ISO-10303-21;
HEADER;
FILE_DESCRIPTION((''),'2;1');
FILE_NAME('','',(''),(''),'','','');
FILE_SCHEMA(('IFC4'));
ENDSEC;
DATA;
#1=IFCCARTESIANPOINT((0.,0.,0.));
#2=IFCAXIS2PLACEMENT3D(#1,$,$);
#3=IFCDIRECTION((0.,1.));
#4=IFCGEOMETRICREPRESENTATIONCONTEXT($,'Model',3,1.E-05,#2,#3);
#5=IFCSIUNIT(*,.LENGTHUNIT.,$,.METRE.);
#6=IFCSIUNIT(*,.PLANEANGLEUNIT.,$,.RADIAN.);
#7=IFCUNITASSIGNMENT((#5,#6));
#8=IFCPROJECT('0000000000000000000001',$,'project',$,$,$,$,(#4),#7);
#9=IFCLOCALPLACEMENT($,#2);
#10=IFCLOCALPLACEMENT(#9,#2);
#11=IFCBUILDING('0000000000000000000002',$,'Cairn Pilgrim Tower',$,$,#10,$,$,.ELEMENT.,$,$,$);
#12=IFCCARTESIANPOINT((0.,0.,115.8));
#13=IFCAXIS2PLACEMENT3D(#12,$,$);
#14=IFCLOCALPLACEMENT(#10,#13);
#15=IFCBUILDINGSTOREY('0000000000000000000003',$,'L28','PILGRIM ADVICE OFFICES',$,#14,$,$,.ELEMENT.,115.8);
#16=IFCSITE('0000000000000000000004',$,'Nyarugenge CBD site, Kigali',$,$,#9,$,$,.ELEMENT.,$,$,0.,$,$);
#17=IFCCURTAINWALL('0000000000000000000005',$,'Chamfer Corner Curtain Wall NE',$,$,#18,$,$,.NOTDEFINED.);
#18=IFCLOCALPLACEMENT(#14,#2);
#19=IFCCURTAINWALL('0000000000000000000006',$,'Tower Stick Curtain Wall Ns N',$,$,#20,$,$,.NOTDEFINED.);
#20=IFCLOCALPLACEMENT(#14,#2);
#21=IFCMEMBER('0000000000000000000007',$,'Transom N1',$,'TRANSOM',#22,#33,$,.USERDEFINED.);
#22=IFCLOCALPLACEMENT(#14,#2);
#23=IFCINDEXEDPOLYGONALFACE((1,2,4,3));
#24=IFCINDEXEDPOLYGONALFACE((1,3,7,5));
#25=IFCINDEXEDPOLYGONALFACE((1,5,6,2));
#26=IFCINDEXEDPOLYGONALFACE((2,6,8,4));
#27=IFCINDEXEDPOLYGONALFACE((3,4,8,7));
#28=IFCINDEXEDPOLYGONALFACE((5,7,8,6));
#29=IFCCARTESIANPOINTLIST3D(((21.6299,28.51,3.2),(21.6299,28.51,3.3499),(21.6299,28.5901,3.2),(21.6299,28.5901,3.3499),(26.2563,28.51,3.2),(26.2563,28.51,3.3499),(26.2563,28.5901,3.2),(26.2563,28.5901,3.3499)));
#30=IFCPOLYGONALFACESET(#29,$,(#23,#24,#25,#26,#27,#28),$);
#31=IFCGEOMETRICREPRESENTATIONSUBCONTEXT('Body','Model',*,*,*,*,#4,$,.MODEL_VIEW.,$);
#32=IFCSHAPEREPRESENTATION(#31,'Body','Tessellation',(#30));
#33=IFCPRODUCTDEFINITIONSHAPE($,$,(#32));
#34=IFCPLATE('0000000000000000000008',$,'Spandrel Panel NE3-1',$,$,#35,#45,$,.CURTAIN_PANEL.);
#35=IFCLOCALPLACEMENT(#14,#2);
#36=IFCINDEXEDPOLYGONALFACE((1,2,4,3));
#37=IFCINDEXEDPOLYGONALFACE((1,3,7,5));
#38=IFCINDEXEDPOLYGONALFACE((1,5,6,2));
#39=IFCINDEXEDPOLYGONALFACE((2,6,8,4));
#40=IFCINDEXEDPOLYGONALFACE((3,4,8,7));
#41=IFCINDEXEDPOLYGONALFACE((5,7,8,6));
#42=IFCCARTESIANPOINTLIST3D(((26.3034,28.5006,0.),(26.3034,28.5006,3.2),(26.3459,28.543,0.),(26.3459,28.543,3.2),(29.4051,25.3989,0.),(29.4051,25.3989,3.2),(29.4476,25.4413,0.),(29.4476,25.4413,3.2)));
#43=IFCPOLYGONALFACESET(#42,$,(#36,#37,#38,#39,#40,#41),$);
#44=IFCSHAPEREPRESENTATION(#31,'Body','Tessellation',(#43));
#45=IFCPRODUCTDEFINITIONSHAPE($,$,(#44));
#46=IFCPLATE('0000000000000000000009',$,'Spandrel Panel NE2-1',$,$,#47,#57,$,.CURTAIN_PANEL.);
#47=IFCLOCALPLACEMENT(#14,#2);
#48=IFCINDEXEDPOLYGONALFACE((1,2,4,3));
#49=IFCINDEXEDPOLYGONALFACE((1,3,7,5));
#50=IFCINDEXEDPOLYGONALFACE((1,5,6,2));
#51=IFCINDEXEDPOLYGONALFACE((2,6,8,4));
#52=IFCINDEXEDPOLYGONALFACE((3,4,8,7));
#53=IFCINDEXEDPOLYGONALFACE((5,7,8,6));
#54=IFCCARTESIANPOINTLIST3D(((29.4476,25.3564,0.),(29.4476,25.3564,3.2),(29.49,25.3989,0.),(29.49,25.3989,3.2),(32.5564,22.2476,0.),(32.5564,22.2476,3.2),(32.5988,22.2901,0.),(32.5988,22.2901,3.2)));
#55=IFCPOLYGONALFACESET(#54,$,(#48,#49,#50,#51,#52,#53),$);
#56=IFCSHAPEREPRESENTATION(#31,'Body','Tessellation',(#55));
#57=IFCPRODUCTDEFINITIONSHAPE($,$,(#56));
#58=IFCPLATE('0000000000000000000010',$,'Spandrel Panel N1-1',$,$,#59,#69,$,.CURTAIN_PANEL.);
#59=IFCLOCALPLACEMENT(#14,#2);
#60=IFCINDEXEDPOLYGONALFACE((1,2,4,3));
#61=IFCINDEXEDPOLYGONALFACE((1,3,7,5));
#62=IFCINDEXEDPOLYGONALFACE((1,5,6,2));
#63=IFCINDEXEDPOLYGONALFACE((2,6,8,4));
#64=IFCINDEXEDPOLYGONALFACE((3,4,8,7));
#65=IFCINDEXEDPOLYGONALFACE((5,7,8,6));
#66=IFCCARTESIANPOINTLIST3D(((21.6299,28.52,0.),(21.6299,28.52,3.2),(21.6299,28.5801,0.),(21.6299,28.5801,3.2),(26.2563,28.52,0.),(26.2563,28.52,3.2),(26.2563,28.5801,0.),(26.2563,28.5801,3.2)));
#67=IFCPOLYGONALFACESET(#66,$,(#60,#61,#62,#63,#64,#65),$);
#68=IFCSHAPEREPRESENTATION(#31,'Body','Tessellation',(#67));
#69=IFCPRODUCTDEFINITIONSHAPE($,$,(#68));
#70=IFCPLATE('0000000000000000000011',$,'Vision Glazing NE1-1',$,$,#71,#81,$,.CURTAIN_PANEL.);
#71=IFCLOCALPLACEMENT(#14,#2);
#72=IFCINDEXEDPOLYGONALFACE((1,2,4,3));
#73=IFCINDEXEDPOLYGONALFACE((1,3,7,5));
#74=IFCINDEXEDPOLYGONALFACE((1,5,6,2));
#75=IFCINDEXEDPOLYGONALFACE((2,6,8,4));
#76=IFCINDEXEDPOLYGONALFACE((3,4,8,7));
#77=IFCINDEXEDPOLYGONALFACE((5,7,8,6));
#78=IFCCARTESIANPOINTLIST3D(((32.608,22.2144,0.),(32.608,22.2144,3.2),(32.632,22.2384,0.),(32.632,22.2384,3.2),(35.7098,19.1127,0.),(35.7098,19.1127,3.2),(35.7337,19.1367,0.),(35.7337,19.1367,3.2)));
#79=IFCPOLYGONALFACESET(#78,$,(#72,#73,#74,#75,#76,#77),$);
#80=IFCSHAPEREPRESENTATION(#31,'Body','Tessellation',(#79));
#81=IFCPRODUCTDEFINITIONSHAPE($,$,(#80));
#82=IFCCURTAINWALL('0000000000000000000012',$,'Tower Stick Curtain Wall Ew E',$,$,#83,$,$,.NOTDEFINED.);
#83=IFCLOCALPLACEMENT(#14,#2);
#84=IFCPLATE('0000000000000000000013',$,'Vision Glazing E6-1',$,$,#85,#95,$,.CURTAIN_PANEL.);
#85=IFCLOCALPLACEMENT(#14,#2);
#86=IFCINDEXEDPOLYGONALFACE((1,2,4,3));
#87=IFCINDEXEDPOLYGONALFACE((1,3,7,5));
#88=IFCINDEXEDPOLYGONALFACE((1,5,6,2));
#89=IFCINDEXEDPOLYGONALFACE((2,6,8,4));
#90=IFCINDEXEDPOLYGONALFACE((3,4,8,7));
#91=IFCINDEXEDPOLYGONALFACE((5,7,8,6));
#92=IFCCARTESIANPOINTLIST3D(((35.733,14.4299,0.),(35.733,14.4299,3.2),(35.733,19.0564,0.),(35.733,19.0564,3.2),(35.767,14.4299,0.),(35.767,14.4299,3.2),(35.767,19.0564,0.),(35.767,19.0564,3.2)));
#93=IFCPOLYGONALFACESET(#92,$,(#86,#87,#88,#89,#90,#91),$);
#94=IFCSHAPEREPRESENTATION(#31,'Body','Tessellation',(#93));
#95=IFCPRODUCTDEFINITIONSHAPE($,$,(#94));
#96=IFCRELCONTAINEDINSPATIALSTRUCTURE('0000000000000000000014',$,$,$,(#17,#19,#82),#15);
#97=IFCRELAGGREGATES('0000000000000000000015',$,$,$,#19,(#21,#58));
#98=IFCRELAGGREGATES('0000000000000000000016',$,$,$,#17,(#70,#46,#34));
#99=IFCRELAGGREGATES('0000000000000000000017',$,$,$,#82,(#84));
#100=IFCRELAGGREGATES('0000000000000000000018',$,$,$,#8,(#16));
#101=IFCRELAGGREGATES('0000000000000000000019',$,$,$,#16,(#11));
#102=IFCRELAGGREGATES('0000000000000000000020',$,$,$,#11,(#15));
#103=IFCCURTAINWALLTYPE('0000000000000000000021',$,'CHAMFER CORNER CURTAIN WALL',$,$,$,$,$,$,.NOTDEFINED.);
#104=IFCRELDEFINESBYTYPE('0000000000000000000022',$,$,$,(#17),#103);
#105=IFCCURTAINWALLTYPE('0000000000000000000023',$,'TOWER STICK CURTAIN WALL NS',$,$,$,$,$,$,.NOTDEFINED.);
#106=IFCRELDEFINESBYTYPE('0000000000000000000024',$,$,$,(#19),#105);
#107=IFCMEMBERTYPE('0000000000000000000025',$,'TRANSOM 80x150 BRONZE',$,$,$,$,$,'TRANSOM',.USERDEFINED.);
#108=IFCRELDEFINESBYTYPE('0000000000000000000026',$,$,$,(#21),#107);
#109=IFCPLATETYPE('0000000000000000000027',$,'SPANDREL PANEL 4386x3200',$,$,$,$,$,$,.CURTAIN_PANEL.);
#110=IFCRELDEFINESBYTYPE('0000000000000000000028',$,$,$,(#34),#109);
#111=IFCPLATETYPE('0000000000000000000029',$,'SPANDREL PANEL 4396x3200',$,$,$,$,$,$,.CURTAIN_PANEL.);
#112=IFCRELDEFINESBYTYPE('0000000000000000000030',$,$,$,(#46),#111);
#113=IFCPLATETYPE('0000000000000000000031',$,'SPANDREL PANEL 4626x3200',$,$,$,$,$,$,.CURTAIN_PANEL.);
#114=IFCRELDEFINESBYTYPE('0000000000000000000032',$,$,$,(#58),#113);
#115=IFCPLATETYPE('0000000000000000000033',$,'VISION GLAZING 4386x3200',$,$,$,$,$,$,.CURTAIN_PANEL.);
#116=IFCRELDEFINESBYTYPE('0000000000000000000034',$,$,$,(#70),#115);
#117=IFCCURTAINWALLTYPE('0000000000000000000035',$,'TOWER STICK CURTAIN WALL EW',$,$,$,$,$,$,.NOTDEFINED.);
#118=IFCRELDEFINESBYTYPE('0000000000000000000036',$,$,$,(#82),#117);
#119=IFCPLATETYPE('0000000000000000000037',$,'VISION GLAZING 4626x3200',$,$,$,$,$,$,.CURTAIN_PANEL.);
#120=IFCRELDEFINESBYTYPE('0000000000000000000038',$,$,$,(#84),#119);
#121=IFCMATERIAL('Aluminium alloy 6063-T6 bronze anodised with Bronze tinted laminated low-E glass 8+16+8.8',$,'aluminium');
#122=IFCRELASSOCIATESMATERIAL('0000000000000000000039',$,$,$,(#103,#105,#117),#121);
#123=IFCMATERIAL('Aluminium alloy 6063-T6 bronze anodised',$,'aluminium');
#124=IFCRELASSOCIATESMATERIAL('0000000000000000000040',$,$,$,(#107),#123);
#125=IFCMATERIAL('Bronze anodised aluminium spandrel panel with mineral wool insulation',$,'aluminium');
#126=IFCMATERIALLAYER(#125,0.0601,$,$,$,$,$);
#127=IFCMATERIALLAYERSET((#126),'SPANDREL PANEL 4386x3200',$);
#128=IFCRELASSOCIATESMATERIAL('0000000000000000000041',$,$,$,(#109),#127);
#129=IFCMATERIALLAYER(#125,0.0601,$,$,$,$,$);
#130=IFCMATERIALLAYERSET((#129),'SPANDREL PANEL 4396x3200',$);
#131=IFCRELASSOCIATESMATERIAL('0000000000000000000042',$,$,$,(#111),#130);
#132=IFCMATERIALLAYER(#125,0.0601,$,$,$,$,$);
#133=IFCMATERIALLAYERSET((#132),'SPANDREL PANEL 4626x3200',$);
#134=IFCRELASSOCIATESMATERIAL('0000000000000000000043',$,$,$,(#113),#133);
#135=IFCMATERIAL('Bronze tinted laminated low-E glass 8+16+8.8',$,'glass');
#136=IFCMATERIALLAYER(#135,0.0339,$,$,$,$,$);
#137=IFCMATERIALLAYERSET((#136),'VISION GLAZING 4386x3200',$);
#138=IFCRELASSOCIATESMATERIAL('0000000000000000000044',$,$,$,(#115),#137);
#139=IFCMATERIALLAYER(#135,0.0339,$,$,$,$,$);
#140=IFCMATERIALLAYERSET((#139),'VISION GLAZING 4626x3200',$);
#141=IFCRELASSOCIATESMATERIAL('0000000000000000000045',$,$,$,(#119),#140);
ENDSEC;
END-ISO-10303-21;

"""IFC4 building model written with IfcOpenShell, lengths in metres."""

from ifc_helpers import new_model, si_unit, direction, frame, origin, origin_2d, place, context, subcontext, project, spatial, rectangle, extrude, material, layer, layer_set, material_profile, profile_set, type_object, element, aggregate, save


model = new_model("IFC4")

# Units and contexts
model_context = context("Model", 3, precision=1e-05, world=origin(), true_north=direction((0.0, 1.0)))
body_context = subcontext(model_context, "Body", "Model", "MODEL_VIEW")
ifc_project = project(units=[si_unit("LENGTHUNIT", "METRE"), si_unit("PLANEANGLEUNIT", "RADIAN")], contexts=[model_context])

# Site, building, storey
site_placement = place(None, origin())
site = spatial("IfcSite", under=ifc_project, at=site_placement, Name="Nyarugenge CBD site, Kigali", CompositionType="ELEMENT", RefElevation=0.0)
building_placement = place(site_placement, origin())
building = spatial("IfcBuilding", under=site, at=building_placement, Name="Cairn Pilgrim Tower", CompositionType="ELEMENT")
storey_placement = place(building_placement, frame((0.0, 0.0, 115.8)))
storey = spatial("IfcBuildingStorey", under=building, at=storey_placement, Name="L28", Description="PILGRIM ADVICE OFFICES", CompositionType="ELEMENT", Elevation=115.8)

# Curtain walls
ifc_material_1 = material(Name="Aluminium alloy 6063-T6 bronze anodised with Bronze tinted laminated low-E glass 8+16+8.8", Category="aluminium")
curtain_wall_type_1 = type_object("IfcCurtainWallType", Name="CHAMFER CORNER CURTAIN WALL", PredefinedType="NOTDEFINED", material=ifc_material_1)
curtain_wall_1_placement = place(storey_placement, origin())
curtain_wall_1 = element("IfcCurtainWall", 1, at=curtain_wall_1_placement, inside=storey, type_object=curtain_wall_type_1, Name="Chamfer Corner Curtain Wall NE", PredefinedType="NOTDEFINED")
ifc_material_2 = material(Name="Aluminium alloy 6063-T6 bronze anodised", Category="aluminium")
curtain_wall_type_2 = type_object("IfcCurtainWallType", Name="TOWER STICK CURTAIN WALL NS", PredefinedType="NOTDEFINED", material=ifc_material_1)
curtain_wall_2_placement = place(storey_placement, origin())
curtain_wall_2 = element("IfcCurtainWall", 2, at=curtain_wall_2_placement, inside=storey, type_object=curtain_wall_type_2, Name="Tower Stick Curtain Wall Ns N", PredefinedType="NOTDEFINED")

# Member
ifc_material_profile_1 = material_profile(ifc_material_2, rectangle(XDim=0.0801, YDim=0.1499, at=origin_2d()), Name="TRANSOM 80x150 BRONZE")
ifc_profile_set_1 = profile_set([ifc_material_profile_1], Name="Aluminium alloy 6063-T6 bronze anodised")
member_type_1 = type_object("IfcMemberType", Name="TRANSOM 80x150 BRONZE", ElementType="TRANSOM", PredefinedType="USERDEFINED", material=ifc_profile_set_1)
member_1_placement = place(storey_placement, frame((26.2563, 28.55, 3.2749), z_axis=(-1.0, 0.0, 0.0), x_axis=(0.0, -1.0, 0.0)))
member_1 = element("IfcMember", 3, at=member_1_placement, type_object=member_type_1, Name="Transom N1", ObjectType="TRANSOM", PredefinedType="USERDEFINED", context=body_context, shape_type="SweptSolid", body=[
    extrude(rectangle(XDim=0.0801, YDim=0.1499, at=origin_2d()), origin(), (0.0, 0.0, 1.0), 4.6265),
])

# Plates
ifc_material_3 = material(Name="Bronze anodised aluminium spandrel panel with mineral wool insulation", Category="aluminium")
ifc_layer_1 = layer(ifc_material_3, 0.0601)
ifc_layer_set_1 = layer_set([ifc_layer_1], Name="SPANDREL PANEL 4386x3200")
plate_type_1 = type_object("IfcPlateType", Name="SPANDREL PANEL 4386x3200", PredefinedType="CURTAIN_PANEL", material=ifc_layer_set_1)
plate_1_placement = place(storey_placement, frame((27.8755, 26.9709, 0.0), z_axis=(0.0, 0.0, 1.0), x_axis=(-0.707107, 0.707107, 0.0)))
plate_1 = element("IfcPlate", 4, at=plate_1_placement, type_object=plate_type_1, Name="Spandrel Panel NE3-1", PredefinedType="CURTAIN_PANEL", context=body_context, shape_type="SweptSolid", body=[
    extrude(rectangle(XDim=4.3865, YDim=0.0601, at=origin_2d()), origin(), (0.0, 0.0, 1.0), 3.2),
])
ifc_layer_2 = layer(ifc_material_3, 0.0601)
ifc_layer_set_2 = layer_set([ifc_layer_2], Name="SPANDREL PANEL 4396x3200")
plate_type_2 = type_object("IfcPlateType", Name="SPANDREL PANEL 4396x3200", PredefinedType="CURTAIN_PANEL", material=ifc_layer_set_2)
plate_2_placement = place(storey_placement, frame((31.0232, 23.8232, 0.0), z_axis=(0.0, 0.0, 1.0), x_axis=(-0.707107, 0.707107, 0.0)))
plate_2 = element("IfcPlate", 5, at=plate_2_placement, type_object=plate_type_2, Name="Spandrel Panel NE2-1", PredefinedType="CURTAIN_PANEL", context=body_context, shape_type="SweptSolid", body=[
    extrude(rectangle(XDim=4.3965, YDim=0.0601, at=origin_2d()), origin(), (0.0, 0.0, 1.0), 3.2),
])
ifc_layer_3 = layer(ifc_material_3, 0.0601)
ifc_layer_set_3 = layer_set([ifc_layer_3], Name="SPANDREL PANEL 4626x3200")
plate_type_3 = type_object("IfcPlateType", Name="SPANDREL PANEL 4626x3200", PredefinedType="CURTAIN_PANEL", material=ifc_layer_set_3)
plate_3_placement = place(storey_placement, frame((23.9431, 28.55, 0.0), z_axis=(0.0, 0.0, 1.0), x_axis=(-1.0, 0.0, 0.0)))
plate_3 = element("IfcPlate", 6, at=plate_3_placement, type_object=plate_type_3, Name="Spandrel Panel N1-1", PredefinedType="CURTAIN_PANEL", context=body_context, shape_type="SweptSolid", body=[
    extrude(rectangle(XDim=4.6265, YDim=0.0601, at=origin_2d()), origin(), (0.0, 0.0, 1.0), 3.2),
])
aggregate(curtain_wall_2, [member_1, plate_3])
ifc_material_4 = material(Name="Bronze tinted laminated low-E glass 8+16+8.8", Category="glass")
ifc_layer_4 = layer(ifc_material_4, 0.0339)
ifc_layer_set_4 = layer_set([ifc_layer_4], Name="VISION GLAZING 4386x3200")
plate_type_4 = type_object("IfcPlateType", Name="VISION GLAZING 4386x3200", PredefinedType="CURTAIN_PANEL", material=ifc_layer_set_4)
plate_4_placement = place(storey_placement, frame((34.1709, 20.6755, 0.0), z_axis=(0.0, 0.0, 1.0), x_axis=(-0.707107, 0.707107, 0.0)))
plate_4 = element("IfcPlate", 7, at=plate_4_placement, type_object=plate_type_4, Name="Vision Glazing NE1-1", PredefinedType="CURTAIN_PANEL", context=body_context, shape_type="SweptSolid", body=[
    extrude(rectangle(XDim=4.3865, YDim=0.0339, at=origin_2d()), origin(), (0.0, 0.0, 1.0), 3.2),
])
aggregate(curtain_wall_1, [plate_4, plate_2, plate_1])

# Curtain wall, plate
curtain_wall_type_3 = type_object("IfcCurtainWallType", Name="TOWER STICK CURTAIN WALL EW", PredefinedType="NOTDEFINED", material=ifc_material_1)
curtain_wall_3_placement = place(storey_placement, origin())
curtain_wall_3 = element("IfcCurtainWall", 8, at=curtain_wall_3_placement, inside=storey, type_object=curtain_wall_type_3, Name="Tower Stick Curtain Wall Ew E", PredefinedType="NOTDEFINED")
ifc_layer_5 = layer(ifc_material_4, 0.0339)
ifc_layer_set_5 = layer_set([ifc_layer_5], Name="VISION GLAZING 4626x3200")
plate_type_5 = type_object("IfcPlateType", Name="VISION GLAZING 4626x3200", PredefinedType="CURTAIN_PANEL", material=ifc_layer_set_5)
plate_5_placement = place(storey_placement, frame((35.75, 16.7432, 0.0), z_axis=(0.0, 0.0, 1.0), x_axis=(0.0, 1.0, 0.0)))
plate_5 = element("IfcPlate", 9, at=plate_5_placement, type_object=plate_type_5, Name="Vision Glazing E6-1", PredefinedType="CURTAIN_PANEL", context=body_context, shape_type="SweptSolid", body=[
    extrude(rectangle(XDim=4.6265, YDim=0.0339, at=origin_2d()), origin(), (0.0, 0.0, 1.0), 3.2),
])
aggregate(curtain_wall_3, [plate_5])

save(model, "model.ifc")
